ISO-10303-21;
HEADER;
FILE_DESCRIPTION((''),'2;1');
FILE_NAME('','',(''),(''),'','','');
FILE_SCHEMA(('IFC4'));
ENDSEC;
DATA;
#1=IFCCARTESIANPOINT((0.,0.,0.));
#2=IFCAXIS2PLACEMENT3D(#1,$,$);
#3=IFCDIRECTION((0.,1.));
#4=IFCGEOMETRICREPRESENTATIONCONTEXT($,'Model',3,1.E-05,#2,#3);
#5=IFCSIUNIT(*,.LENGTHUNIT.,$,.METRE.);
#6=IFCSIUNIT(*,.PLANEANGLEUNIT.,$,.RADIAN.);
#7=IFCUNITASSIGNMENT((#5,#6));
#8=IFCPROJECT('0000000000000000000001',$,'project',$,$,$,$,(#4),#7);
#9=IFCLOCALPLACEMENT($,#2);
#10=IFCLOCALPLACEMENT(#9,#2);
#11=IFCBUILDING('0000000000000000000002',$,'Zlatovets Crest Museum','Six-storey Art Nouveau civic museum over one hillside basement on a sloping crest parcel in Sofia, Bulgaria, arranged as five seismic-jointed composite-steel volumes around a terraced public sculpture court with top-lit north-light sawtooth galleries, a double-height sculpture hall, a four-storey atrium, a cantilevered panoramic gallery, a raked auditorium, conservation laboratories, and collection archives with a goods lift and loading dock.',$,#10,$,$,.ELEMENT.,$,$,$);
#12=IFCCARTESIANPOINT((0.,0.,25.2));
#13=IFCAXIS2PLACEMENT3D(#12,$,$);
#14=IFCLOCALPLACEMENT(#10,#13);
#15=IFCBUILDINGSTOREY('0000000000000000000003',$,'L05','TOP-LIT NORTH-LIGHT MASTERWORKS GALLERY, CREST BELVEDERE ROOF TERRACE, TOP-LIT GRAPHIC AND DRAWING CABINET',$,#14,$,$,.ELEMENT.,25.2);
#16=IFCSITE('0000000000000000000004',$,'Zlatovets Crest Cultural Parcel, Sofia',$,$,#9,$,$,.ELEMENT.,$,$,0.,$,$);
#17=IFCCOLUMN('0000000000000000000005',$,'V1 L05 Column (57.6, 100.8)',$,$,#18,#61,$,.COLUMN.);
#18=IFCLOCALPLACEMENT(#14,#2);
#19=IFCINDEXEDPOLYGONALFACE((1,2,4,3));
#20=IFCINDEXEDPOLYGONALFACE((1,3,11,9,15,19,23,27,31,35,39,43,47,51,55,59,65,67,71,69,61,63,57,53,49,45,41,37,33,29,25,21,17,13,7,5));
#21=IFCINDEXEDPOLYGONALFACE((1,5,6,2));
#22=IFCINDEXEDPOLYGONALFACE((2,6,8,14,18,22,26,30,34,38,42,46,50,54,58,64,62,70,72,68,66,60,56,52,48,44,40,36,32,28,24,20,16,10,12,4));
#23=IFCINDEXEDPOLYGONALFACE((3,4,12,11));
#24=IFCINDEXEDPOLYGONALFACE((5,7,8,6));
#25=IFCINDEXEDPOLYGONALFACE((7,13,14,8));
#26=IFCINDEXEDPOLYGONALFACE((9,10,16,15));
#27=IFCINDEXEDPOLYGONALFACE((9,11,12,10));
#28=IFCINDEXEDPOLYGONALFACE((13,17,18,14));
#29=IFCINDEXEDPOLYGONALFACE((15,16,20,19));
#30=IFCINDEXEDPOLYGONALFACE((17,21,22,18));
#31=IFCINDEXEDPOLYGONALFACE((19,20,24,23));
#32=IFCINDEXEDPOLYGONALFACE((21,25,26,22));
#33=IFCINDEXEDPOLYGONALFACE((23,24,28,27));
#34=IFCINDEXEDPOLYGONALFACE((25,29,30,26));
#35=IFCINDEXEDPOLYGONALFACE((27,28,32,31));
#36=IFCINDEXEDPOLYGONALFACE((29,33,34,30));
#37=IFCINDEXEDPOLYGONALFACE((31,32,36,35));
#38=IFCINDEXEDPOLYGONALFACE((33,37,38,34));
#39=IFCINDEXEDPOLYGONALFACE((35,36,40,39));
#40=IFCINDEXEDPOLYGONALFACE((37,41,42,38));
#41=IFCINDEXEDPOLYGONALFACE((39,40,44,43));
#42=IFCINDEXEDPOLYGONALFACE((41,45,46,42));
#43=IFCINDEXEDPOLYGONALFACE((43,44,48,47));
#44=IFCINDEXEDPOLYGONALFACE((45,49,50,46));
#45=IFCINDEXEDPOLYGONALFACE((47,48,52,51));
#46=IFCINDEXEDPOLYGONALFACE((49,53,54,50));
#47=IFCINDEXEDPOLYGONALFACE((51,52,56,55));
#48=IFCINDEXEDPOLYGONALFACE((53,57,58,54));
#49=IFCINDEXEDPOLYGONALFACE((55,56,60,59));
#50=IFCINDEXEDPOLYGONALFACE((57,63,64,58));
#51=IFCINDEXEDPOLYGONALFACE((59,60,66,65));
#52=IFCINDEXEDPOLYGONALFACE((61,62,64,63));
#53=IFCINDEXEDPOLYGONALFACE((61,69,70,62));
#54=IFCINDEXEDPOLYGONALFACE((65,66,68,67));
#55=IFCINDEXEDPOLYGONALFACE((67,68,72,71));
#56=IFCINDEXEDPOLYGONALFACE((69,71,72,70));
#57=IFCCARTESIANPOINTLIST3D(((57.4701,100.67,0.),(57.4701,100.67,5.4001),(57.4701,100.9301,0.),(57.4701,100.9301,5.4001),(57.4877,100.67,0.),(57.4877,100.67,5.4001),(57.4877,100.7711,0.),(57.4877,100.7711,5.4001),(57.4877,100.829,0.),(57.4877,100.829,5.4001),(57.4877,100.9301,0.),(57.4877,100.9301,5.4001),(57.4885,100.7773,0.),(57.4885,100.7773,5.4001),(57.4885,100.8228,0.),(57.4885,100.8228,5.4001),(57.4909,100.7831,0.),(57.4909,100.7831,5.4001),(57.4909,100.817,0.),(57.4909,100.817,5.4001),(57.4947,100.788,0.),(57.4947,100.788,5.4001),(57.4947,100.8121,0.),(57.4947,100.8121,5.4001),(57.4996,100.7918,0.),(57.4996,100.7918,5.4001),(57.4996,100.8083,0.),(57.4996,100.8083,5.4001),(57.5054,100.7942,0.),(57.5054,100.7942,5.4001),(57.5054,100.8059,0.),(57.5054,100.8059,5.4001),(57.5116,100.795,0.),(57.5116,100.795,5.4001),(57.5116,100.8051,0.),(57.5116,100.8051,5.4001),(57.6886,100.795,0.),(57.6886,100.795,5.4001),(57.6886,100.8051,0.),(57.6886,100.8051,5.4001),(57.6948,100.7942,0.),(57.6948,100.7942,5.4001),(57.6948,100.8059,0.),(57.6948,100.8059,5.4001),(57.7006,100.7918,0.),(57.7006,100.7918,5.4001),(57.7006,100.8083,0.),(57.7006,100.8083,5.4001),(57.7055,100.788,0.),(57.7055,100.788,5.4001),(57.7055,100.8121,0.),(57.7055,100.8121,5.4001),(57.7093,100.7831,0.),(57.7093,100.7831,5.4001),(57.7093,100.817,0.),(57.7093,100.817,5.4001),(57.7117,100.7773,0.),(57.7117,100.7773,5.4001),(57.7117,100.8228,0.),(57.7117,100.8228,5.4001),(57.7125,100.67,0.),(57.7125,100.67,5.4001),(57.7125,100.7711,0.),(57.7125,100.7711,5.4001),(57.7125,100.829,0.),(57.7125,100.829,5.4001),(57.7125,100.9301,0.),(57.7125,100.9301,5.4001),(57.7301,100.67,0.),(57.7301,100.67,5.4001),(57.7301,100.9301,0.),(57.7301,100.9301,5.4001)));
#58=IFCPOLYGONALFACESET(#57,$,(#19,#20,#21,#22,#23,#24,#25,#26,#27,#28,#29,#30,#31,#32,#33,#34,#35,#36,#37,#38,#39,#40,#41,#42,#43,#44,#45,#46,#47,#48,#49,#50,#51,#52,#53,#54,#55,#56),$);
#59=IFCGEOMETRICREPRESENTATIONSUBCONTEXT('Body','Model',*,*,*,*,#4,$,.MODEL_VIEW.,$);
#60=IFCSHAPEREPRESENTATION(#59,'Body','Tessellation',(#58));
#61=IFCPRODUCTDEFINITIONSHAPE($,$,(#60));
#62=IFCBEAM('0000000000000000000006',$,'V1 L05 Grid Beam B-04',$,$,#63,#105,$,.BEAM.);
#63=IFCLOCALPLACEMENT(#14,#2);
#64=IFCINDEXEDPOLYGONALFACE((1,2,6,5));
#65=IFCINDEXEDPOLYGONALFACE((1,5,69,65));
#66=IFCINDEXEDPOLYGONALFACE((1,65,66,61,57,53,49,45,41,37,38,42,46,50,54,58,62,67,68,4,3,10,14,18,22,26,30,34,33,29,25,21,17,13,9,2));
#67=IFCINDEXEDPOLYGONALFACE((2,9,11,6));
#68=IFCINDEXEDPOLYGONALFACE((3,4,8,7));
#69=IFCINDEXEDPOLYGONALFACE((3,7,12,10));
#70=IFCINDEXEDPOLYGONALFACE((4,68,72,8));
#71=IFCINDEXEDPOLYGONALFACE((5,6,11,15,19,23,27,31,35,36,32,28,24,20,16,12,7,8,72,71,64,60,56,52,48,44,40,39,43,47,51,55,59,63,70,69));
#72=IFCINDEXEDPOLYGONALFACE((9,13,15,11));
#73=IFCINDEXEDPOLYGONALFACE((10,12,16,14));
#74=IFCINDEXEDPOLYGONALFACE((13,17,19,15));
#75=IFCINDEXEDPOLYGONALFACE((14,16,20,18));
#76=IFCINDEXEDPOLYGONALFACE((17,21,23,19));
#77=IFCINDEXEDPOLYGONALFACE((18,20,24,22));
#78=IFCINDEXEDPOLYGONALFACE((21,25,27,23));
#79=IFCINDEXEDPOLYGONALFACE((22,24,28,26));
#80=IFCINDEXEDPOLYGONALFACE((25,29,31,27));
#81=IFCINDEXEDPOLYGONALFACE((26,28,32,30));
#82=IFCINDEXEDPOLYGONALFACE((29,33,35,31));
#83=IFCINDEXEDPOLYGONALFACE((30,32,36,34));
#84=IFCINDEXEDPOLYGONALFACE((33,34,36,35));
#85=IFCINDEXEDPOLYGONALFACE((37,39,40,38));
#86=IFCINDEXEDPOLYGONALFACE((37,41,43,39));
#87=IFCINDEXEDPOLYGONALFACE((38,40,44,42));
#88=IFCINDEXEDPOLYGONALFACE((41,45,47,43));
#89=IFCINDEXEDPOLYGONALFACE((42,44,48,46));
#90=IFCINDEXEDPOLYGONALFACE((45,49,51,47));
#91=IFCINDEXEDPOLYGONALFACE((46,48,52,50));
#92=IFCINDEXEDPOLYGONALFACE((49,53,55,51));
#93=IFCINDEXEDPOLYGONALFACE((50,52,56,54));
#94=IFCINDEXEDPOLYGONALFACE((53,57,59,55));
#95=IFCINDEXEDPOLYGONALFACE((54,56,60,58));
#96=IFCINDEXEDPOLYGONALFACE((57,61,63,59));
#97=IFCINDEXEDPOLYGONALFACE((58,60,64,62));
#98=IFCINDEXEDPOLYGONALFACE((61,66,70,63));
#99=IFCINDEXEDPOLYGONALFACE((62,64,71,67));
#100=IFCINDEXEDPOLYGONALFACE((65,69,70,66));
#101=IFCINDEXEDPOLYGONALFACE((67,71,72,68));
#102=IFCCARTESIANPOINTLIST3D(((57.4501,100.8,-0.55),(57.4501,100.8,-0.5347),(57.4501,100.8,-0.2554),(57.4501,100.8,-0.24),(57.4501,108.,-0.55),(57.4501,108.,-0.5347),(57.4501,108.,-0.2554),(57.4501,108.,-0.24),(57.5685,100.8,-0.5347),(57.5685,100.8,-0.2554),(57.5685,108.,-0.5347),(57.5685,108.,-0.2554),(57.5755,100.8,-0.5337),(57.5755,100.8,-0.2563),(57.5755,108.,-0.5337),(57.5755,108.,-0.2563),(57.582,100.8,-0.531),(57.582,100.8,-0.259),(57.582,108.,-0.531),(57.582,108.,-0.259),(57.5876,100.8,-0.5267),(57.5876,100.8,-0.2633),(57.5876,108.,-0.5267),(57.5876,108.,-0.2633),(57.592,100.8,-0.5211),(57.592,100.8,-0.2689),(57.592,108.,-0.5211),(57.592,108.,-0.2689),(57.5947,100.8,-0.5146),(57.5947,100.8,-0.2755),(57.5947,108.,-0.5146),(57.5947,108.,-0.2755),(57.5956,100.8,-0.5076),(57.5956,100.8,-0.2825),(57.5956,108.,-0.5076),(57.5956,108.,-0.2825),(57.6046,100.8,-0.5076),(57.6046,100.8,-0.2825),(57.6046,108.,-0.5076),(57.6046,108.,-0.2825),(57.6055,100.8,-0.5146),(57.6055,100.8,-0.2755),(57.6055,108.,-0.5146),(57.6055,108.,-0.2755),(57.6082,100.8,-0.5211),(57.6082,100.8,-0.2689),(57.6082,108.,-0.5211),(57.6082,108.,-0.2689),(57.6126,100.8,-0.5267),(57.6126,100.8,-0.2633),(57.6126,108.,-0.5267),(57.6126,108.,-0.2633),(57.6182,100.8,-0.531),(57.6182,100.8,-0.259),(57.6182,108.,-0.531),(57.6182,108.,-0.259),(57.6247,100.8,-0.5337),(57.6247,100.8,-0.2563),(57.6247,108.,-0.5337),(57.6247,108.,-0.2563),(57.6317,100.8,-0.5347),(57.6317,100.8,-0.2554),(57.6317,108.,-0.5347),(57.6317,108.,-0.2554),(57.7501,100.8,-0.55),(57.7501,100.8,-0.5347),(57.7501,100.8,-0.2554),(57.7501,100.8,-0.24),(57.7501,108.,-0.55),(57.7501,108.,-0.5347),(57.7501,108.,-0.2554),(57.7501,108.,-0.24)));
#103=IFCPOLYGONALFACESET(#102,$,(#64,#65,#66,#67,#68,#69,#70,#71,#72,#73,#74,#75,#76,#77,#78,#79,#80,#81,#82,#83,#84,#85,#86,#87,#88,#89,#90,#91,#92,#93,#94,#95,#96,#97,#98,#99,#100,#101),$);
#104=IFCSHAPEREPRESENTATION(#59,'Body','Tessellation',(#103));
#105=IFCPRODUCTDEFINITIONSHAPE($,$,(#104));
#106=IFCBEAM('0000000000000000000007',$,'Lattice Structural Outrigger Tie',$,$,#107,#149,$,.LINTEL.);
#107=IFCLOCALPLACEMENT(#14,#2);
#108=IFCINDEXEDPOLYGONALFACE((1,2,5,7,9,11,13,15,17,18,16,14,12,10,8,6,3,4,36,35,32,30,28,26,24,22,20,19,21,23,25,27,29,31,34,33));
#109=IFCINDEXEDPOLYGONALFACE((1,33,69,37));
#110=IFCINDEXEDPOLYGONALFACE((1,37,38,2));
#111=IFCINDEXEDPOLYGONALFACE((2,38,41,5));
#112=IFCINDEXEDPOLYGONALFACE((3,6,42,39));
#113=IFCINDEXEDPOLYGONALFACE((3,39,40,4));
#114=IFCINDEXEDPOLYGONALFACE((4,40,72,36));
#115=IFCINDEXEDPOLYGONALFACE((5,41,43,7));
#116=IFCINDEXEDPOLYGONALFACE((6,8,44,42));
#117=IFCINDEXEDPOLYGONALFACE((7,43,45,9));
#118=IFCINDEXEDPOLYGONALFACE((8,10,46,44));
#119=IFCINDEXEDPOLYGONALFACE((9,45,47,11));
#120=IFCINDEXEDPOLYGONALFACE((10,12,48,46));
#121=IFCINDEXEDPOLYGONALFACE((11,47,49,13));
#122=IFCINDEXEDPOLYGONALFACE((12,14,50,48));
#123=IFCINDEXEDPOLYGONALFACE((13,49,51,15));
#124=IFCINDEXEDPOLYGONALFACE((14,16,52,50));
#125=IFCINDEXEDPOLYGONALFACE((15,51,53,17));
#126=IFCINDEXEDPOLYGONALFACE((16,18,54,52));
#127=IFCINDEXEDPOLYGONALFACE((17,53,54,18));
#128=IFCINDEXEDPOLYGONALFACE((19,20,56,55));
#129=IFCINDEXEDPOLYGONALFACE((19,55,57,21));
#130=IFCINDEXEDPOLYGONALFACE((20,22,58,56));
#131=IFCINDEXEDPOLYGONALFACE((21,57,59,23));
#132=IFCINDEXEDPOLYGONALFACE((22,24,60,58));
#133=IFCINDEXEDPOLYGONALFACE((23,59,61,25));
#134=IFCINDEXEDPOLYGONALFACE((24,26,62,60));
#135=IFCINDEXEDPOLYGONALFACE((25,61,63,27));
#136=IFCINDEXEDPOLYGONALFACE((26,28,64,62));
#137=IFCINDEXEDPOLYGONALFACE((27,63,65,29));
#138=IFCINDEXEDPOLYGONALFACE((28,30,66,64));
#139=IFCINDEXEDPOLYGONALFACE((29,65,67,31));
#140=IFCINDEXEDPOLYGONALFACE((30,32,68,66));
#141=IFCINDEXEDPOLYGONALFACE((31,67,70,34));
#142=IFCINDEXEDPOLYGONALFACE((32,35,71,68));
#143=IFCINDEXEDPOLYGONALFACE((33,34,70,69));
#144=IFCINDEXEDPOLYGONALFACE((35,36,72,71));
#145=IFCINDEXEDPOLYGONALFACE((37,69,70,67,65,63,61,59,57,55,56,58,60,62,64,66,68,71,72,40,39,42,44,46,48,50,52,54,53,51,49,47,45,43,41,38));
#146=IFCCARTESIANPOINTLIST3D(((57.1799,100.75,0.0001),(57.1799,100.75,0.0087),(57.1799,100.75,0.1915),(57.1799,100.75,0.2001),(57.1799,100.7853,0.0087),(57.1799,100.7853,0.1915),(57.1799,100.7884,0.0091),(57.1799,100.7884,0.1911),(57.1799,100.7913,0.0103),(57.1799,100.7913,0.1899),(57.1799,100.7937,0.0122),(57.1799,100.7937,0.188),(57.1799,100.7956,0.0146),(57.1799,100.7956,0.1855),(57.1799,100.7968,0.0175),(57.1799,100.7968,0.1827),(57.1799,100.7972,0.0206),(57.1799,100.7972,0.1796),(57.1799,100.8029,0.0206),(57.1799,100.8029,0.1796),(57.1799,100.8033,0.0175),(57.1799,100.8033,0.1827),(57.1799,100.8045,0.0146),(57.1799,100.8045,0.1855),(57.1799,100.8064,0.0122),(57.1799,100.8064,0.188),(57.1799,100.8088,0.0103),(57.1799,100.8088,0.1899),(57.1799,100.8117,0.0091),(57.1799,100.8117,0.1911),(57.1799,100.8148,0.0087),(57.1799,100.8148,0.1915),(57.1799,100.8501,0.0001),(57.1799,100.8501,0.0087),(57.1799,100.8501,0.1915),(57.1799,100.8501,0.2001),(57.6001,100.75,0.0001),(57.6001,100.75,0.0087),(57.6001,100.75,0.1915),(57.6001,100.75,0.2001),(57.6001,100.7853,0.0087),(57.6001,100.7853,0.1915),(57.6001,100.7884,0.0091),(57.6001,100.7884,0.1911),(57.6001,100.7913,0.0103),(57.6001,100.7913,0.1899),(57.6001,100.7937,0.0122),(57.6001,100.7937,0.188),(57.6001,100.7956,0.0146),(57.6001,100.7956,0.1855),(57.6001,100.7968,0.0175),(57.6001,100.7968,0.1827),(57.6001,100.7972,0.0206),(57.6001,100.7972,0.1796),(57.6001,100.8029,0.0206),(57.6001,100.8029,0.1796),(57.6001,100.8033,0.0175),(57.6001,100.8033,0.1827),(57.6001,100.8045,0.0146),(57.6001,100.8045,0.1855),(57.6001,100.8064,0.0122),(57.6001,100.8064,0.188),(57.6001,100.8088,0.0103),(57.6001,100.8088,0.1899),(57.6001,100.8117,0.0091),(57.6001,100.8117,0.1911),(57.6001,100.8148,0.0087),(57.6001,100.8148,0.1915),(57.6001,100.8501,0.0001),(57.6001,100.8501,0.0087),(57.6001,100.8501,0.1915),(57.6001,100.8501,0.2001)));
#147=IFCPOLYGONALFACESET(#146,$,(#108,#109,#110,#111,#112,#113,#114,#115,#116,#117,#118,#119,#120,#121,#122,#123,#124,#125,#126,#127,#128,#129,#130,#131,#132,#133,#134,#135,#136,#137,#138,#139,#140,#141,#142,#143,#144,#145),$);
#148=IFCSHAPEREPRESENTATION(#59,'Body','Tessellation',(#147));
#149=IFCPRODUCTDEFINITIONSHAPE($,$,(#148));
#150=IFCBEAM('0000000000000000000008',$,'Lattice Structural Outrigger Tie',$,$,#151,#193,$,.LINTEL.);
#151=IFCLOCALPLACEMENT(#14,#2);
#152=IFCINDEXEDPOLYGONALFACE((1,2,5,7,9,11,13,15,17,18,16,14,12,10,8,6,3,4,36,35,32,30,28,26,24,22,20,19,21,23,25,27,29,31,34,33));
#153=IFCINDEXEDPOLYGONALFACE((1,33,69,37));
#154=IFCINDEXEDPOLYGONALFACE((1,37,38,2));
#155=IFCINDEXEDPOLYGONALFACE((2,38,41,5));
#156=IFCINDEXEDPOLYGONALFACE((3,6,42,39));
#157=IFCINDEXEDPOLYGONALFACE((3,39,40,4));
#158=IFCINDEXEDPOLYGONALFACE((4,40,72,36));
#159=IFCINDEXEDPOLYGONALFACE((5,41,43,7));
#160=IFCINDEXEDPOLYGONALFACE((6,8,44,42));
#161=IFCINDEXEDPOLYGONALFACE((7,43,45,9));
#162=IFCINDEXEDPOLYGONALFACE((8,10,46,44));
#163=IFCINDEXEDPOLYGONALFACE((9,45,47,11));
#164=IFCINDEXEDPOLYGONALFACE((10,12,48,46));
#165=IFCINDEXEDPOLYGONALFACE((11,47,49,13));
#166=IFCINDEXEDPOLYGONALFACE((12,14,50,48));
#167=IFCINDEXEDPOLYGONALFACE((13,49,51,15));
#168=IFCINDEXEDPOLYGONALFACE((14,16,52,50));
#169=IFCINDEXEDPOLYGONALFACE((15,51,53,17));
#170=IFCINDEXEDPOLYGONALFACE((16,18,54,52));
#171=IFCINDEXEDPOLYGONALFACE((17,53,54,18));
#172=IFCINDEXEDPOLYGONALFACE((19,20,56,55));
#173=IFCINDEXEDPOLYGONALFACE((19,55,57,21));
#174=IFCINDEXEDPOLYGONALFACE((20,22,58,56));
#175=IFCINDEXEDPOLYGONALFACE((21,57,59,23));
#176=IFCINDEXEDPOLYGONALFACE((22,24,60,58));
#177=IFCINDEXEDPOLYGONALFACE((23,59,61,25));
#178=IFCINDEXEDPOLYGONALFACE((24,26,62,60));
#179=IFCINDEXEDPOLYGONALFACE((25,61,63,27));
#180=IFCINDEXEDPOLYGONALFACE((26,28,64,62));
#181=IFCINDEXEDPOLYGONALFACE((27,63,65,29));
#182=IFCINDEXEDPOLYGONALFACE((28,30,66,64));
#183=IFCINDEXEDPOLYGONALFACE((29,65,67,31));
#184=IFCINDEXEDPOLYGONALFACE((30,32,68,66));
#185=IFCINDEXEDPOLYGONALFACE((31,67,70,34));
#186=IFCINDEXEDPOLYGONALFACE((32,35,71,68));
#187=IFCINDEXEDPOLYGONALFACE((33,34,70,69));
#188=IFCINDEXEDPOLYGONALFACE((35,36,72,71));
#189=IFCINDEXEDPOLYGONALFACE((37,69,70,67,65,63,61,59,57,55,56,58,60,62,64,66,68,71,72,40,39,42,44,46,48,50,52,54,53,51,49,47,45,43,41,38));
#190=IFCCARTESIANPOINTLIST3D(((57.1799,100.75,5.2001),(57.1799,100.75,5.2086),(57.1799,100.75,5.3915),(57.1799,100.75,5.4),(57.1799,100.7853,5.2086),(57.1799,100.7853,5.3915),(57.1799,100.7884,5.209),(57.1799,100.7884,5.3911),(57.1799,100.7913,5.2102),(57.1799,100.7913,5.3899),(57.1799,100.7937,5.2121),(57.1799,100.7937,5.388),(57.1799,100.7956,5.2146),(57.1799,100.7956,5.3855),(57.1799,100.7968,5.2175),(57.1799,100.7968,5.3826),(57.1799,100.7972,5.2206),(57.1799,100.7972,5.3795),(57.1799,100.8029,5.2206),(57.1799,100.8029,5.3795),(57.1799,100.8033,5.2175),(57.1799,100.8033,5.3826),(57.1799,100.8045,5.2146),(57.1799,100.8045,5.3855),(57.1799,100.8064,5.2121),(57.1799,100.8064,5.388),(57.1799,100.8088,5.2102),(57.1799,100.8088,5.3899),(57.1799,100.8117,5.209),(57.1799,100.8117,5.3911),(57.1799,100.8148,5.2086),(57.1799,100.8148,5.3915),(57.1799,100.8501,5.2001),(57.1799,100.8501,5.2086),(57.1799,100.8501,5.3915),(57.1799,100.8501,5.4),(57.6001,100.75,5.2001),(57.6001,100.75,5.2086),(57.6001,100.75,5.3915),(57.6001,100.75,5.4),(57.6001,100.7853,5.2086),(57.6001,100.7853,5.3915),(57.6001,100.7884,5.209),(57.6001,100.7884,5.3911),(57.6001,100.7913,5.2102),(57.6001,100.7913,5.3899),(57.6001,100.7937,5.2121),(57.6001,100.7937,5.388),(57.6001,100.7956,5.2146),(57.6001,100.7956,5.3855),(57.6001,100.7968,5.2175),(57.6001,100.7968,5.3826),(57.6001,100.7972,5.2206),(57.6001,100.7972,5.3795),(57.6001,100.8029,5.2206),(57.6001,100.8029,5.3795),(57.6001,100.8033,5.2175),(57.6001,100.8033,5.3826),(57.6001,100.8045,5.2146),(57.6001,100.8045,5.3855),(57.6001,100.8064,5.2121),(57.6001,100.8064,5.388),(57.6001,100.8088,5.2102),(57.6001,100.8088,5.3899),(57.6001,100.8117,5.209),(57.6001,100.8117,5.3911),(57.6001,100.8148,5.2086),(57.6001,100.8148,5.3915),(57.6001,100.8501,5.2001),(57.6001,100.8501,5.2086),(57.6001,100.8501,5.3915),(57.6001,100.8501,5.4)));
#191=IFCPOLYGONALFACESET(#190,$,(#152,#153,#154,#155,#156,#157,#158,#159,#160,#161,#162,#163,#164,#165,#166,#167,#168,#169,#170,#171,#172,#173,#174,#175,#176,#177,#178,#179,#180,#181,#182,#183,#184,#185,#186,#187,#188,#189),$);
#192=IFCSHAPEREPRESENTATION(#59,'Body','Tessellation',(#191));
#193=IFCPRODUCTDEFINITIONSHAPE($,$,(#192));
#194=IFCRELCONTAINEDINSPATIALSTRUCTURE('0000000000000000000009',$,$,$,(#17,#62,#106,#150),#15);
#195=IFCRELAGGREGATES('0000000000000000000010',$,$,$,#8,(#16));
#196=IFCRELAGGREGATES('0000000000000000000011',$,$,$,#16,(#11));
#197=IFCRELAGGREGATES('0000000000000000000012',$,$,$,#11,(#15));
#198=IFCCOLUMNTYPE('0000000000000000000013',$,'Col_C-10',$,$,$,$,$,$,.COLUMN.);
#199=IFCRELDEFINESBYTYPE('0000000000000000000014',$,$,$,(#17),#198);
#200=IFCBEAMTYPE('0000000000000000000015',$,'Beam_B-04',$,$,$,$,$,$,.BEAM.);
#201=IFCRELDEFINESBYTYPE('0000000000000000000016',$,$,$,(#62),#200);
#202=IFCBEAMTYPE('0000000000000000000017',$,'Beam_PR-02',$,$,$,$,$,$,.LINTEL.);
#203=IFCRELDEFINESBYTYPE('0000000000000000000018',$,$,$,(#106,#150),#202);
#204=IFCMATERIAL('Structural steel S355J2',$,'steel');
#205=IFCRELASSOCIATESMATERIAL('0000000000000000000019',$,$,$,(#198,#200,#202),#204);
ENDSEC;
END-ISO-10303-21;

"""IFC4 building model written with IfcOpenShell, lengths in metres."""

from ifc_helpers import new_model, si_unit, direction, frame, origin, origin_2d, place, context, subcontext, project, spatial, i_section, extrude, material, material_profile, profile_set, type_object, element, save


model = new_model("IFC4")

# Units and contexts
model_context = context("Model", 3, precision=1e-05, world=origin(), true_north=direction((0.0, 1.0)))
body_context = subcontext(model_context, "Body", "Model", "MODEL_VIEW")
ifc_project = project(units=[si_unit("LENGTHUNIT", "METRE"), si_unit("PLANEANGLEUNIT", "RADIAN")], contexts=[model_context])

# Site, building, storey
site_placement = place(None, origin())
site = spatial("IfcSite", under=ifc_project, at=site_placement, Name="Zlatovets Crest Cultural Parcel, Sofia", CompositionType="ELEMENT", RefElevation=0.0)
building_placement = place(site_placement, origin())
building = spatial("IfcBuilding", under=site, at=building_placement, Name="Zlatovets Crest Museum", Description="Six-storey Art Nouveau civic museum over one hillside basement on a sloping crest parcel in Sofia, Bulgaria, arranged as five seismic-jointed composite-steel volumes around a terraced public sculpture court with top-lit north-light sawtooth galleries, a double-height sculpture hall, a four-storey atrium, a cantilevered panoramic gallery, a raked auditorium, conservation laboratories, and collection archives with a goods lift and loading dock.", CompositionType="ELEMENT")
storey_placement = place(building_placement, frame((0.0, 0.0, 25.2)))
storey = spatial("IfcBuildingStorey", under=building, at=storey_placement, Name="L05", Description="TOP-LIT NORTH-LIGHT MASTERWORKS GALLERY, CREST BELVEDERE ROOF TERRACE, TOP-LIT GRAPHIC AND DRAWING CABINET", CompositionType="ELEMENT", Elevation=25.2)

# Column
ifc_material_1 = material(Name="Structural steel S355J2", Category="steel")
ifc_material_profile_1 = material_profile(ifc_material_1, i_section(OverallWidth=0.26, OverallDepth=0.26, WebThickness=0.01, FlangeThickness=0.0176, FilletRadius=0.0239, at=origin_2d()), Name="HEB 260")
ifc_profile_set_1 = profile_set([ifc_material_profile_1], Name="Structural steel S355J2")
column_type = type_object("IfcColumnType", Name="Col_C-10", PredefinedType="COLUMN", material=ifc_profile_set_1)
column_placement = place(storey_placement, frame((57.6001, 100.8, 0.0), z_axis=(0.0, 0.0, 1.0), x_axis=(0.0, 1.0, 0.0)))
element("IfcColumn", 1, at=column_placement, inside=storey, type_object=column_type, Name="V1 L05 Column (57.6, 100.8)", PredefinedType="COLUMN", context=body_context, shape_type="SweptSolid", body=[
    extrude(i_section(OverallWidth=0.26, OverallDepth=0.26, WebThickness=0.01, FlangeThickness=0.0176, FilletRadius=0.0239, at=origin_2d()), origin(), (0.0, 0.0, 1.0), 5.4001),
])

# Beams
ifc_material_profile_2 = material_profile(ifc_material_1, i_section(OverallWidth=0.3, OverallDepth=0.3101, WebThickness=0.009, FlangeThickness=0.0154, FilletRadius=0.0271, at=origin_2d()), Name="HEA 320")
ifc_profile_set_2 = profile_set([ifc_material_profile_2], Name="Structural steel S355J2")
beam_type_1 = type_object("IfcBeamType", Name="Beam_B-04", PredefinedType="BEAM", material=ifc_profile_set_2)
beam_placement = place(storey_placement, frame((57.6001, 100.8, -0.395), z_axis=(0.0, 1.0, 0.0), x_axis=(-1.0, 0.0, 0.0)))
element("IfcBeam", 2, at=beam_placement, inside=storey, type_object=beam_type_1, Name="V1 L05 Grid Beam B-04", PredefinedType="BEAM", context=body_context, shape_type="SweptSolid", body=[
    extrude(i_section(OverallWidth=0.3, OverallDepth=0.3101, WebThickness=0.009, FlangeThickness=0.0154, FilletRadius=0.0271, at=origin_2d()), origin(), (0.0, 0.0, 1.0), 7.2),
])
ifc_material_profile_3 = material_profile(ifc_material_1, i_section(OverallWidth=0.1001, OverallDepth=0.2, WebThickness=0.0056, FlangeThickness=0.0085, FilletRadius=0.012, at=origin_2d()), Name="IPE 200")
ifc_profile_set_3 = profile_set([ifc_material_profile_3], Name="Structural steel S355J2")
beam_type_2 = type_object("IfcBeamType", Name="Beam_PR-02", PredefinedType="LINTEL", material=ifc_profile_set_3)
for number, where, z_axis, x_axis, name in (
    (3, (57.6001, 100.8, 0.1001), (-1.0, 0.0, 0.0), (0.0, -1.0, 0.0), "Lattice Structural Outrigger Tie"),
    (4, (57.6001, 100.8, 5.3), (-1.0, 0.0, 0.0), (0.0, -1.0, 0.0), "Lattice Structural Outrigger Tie"),
):
    element("IfcBeam", number, at=place(storey_placement, frame(where, z_axis=z_axis, x_axis=x_axis)), inside=storey, type_object=beam_type_2, Name=name, PredefinedType="LINTEL", context=body_context, shape_type="SweptSolid", body=[
        extrude(i_section(OverallWidth=0.1001, OverallDepth=0.2, WebThickness=0.0056, FlangeThickness=0.0085, FilletRadius=0.012, at=origin_2d()), origin(), (0.0, 0.0, 1.0), 0.4202),
    ])

save(model, "model.ifc")
